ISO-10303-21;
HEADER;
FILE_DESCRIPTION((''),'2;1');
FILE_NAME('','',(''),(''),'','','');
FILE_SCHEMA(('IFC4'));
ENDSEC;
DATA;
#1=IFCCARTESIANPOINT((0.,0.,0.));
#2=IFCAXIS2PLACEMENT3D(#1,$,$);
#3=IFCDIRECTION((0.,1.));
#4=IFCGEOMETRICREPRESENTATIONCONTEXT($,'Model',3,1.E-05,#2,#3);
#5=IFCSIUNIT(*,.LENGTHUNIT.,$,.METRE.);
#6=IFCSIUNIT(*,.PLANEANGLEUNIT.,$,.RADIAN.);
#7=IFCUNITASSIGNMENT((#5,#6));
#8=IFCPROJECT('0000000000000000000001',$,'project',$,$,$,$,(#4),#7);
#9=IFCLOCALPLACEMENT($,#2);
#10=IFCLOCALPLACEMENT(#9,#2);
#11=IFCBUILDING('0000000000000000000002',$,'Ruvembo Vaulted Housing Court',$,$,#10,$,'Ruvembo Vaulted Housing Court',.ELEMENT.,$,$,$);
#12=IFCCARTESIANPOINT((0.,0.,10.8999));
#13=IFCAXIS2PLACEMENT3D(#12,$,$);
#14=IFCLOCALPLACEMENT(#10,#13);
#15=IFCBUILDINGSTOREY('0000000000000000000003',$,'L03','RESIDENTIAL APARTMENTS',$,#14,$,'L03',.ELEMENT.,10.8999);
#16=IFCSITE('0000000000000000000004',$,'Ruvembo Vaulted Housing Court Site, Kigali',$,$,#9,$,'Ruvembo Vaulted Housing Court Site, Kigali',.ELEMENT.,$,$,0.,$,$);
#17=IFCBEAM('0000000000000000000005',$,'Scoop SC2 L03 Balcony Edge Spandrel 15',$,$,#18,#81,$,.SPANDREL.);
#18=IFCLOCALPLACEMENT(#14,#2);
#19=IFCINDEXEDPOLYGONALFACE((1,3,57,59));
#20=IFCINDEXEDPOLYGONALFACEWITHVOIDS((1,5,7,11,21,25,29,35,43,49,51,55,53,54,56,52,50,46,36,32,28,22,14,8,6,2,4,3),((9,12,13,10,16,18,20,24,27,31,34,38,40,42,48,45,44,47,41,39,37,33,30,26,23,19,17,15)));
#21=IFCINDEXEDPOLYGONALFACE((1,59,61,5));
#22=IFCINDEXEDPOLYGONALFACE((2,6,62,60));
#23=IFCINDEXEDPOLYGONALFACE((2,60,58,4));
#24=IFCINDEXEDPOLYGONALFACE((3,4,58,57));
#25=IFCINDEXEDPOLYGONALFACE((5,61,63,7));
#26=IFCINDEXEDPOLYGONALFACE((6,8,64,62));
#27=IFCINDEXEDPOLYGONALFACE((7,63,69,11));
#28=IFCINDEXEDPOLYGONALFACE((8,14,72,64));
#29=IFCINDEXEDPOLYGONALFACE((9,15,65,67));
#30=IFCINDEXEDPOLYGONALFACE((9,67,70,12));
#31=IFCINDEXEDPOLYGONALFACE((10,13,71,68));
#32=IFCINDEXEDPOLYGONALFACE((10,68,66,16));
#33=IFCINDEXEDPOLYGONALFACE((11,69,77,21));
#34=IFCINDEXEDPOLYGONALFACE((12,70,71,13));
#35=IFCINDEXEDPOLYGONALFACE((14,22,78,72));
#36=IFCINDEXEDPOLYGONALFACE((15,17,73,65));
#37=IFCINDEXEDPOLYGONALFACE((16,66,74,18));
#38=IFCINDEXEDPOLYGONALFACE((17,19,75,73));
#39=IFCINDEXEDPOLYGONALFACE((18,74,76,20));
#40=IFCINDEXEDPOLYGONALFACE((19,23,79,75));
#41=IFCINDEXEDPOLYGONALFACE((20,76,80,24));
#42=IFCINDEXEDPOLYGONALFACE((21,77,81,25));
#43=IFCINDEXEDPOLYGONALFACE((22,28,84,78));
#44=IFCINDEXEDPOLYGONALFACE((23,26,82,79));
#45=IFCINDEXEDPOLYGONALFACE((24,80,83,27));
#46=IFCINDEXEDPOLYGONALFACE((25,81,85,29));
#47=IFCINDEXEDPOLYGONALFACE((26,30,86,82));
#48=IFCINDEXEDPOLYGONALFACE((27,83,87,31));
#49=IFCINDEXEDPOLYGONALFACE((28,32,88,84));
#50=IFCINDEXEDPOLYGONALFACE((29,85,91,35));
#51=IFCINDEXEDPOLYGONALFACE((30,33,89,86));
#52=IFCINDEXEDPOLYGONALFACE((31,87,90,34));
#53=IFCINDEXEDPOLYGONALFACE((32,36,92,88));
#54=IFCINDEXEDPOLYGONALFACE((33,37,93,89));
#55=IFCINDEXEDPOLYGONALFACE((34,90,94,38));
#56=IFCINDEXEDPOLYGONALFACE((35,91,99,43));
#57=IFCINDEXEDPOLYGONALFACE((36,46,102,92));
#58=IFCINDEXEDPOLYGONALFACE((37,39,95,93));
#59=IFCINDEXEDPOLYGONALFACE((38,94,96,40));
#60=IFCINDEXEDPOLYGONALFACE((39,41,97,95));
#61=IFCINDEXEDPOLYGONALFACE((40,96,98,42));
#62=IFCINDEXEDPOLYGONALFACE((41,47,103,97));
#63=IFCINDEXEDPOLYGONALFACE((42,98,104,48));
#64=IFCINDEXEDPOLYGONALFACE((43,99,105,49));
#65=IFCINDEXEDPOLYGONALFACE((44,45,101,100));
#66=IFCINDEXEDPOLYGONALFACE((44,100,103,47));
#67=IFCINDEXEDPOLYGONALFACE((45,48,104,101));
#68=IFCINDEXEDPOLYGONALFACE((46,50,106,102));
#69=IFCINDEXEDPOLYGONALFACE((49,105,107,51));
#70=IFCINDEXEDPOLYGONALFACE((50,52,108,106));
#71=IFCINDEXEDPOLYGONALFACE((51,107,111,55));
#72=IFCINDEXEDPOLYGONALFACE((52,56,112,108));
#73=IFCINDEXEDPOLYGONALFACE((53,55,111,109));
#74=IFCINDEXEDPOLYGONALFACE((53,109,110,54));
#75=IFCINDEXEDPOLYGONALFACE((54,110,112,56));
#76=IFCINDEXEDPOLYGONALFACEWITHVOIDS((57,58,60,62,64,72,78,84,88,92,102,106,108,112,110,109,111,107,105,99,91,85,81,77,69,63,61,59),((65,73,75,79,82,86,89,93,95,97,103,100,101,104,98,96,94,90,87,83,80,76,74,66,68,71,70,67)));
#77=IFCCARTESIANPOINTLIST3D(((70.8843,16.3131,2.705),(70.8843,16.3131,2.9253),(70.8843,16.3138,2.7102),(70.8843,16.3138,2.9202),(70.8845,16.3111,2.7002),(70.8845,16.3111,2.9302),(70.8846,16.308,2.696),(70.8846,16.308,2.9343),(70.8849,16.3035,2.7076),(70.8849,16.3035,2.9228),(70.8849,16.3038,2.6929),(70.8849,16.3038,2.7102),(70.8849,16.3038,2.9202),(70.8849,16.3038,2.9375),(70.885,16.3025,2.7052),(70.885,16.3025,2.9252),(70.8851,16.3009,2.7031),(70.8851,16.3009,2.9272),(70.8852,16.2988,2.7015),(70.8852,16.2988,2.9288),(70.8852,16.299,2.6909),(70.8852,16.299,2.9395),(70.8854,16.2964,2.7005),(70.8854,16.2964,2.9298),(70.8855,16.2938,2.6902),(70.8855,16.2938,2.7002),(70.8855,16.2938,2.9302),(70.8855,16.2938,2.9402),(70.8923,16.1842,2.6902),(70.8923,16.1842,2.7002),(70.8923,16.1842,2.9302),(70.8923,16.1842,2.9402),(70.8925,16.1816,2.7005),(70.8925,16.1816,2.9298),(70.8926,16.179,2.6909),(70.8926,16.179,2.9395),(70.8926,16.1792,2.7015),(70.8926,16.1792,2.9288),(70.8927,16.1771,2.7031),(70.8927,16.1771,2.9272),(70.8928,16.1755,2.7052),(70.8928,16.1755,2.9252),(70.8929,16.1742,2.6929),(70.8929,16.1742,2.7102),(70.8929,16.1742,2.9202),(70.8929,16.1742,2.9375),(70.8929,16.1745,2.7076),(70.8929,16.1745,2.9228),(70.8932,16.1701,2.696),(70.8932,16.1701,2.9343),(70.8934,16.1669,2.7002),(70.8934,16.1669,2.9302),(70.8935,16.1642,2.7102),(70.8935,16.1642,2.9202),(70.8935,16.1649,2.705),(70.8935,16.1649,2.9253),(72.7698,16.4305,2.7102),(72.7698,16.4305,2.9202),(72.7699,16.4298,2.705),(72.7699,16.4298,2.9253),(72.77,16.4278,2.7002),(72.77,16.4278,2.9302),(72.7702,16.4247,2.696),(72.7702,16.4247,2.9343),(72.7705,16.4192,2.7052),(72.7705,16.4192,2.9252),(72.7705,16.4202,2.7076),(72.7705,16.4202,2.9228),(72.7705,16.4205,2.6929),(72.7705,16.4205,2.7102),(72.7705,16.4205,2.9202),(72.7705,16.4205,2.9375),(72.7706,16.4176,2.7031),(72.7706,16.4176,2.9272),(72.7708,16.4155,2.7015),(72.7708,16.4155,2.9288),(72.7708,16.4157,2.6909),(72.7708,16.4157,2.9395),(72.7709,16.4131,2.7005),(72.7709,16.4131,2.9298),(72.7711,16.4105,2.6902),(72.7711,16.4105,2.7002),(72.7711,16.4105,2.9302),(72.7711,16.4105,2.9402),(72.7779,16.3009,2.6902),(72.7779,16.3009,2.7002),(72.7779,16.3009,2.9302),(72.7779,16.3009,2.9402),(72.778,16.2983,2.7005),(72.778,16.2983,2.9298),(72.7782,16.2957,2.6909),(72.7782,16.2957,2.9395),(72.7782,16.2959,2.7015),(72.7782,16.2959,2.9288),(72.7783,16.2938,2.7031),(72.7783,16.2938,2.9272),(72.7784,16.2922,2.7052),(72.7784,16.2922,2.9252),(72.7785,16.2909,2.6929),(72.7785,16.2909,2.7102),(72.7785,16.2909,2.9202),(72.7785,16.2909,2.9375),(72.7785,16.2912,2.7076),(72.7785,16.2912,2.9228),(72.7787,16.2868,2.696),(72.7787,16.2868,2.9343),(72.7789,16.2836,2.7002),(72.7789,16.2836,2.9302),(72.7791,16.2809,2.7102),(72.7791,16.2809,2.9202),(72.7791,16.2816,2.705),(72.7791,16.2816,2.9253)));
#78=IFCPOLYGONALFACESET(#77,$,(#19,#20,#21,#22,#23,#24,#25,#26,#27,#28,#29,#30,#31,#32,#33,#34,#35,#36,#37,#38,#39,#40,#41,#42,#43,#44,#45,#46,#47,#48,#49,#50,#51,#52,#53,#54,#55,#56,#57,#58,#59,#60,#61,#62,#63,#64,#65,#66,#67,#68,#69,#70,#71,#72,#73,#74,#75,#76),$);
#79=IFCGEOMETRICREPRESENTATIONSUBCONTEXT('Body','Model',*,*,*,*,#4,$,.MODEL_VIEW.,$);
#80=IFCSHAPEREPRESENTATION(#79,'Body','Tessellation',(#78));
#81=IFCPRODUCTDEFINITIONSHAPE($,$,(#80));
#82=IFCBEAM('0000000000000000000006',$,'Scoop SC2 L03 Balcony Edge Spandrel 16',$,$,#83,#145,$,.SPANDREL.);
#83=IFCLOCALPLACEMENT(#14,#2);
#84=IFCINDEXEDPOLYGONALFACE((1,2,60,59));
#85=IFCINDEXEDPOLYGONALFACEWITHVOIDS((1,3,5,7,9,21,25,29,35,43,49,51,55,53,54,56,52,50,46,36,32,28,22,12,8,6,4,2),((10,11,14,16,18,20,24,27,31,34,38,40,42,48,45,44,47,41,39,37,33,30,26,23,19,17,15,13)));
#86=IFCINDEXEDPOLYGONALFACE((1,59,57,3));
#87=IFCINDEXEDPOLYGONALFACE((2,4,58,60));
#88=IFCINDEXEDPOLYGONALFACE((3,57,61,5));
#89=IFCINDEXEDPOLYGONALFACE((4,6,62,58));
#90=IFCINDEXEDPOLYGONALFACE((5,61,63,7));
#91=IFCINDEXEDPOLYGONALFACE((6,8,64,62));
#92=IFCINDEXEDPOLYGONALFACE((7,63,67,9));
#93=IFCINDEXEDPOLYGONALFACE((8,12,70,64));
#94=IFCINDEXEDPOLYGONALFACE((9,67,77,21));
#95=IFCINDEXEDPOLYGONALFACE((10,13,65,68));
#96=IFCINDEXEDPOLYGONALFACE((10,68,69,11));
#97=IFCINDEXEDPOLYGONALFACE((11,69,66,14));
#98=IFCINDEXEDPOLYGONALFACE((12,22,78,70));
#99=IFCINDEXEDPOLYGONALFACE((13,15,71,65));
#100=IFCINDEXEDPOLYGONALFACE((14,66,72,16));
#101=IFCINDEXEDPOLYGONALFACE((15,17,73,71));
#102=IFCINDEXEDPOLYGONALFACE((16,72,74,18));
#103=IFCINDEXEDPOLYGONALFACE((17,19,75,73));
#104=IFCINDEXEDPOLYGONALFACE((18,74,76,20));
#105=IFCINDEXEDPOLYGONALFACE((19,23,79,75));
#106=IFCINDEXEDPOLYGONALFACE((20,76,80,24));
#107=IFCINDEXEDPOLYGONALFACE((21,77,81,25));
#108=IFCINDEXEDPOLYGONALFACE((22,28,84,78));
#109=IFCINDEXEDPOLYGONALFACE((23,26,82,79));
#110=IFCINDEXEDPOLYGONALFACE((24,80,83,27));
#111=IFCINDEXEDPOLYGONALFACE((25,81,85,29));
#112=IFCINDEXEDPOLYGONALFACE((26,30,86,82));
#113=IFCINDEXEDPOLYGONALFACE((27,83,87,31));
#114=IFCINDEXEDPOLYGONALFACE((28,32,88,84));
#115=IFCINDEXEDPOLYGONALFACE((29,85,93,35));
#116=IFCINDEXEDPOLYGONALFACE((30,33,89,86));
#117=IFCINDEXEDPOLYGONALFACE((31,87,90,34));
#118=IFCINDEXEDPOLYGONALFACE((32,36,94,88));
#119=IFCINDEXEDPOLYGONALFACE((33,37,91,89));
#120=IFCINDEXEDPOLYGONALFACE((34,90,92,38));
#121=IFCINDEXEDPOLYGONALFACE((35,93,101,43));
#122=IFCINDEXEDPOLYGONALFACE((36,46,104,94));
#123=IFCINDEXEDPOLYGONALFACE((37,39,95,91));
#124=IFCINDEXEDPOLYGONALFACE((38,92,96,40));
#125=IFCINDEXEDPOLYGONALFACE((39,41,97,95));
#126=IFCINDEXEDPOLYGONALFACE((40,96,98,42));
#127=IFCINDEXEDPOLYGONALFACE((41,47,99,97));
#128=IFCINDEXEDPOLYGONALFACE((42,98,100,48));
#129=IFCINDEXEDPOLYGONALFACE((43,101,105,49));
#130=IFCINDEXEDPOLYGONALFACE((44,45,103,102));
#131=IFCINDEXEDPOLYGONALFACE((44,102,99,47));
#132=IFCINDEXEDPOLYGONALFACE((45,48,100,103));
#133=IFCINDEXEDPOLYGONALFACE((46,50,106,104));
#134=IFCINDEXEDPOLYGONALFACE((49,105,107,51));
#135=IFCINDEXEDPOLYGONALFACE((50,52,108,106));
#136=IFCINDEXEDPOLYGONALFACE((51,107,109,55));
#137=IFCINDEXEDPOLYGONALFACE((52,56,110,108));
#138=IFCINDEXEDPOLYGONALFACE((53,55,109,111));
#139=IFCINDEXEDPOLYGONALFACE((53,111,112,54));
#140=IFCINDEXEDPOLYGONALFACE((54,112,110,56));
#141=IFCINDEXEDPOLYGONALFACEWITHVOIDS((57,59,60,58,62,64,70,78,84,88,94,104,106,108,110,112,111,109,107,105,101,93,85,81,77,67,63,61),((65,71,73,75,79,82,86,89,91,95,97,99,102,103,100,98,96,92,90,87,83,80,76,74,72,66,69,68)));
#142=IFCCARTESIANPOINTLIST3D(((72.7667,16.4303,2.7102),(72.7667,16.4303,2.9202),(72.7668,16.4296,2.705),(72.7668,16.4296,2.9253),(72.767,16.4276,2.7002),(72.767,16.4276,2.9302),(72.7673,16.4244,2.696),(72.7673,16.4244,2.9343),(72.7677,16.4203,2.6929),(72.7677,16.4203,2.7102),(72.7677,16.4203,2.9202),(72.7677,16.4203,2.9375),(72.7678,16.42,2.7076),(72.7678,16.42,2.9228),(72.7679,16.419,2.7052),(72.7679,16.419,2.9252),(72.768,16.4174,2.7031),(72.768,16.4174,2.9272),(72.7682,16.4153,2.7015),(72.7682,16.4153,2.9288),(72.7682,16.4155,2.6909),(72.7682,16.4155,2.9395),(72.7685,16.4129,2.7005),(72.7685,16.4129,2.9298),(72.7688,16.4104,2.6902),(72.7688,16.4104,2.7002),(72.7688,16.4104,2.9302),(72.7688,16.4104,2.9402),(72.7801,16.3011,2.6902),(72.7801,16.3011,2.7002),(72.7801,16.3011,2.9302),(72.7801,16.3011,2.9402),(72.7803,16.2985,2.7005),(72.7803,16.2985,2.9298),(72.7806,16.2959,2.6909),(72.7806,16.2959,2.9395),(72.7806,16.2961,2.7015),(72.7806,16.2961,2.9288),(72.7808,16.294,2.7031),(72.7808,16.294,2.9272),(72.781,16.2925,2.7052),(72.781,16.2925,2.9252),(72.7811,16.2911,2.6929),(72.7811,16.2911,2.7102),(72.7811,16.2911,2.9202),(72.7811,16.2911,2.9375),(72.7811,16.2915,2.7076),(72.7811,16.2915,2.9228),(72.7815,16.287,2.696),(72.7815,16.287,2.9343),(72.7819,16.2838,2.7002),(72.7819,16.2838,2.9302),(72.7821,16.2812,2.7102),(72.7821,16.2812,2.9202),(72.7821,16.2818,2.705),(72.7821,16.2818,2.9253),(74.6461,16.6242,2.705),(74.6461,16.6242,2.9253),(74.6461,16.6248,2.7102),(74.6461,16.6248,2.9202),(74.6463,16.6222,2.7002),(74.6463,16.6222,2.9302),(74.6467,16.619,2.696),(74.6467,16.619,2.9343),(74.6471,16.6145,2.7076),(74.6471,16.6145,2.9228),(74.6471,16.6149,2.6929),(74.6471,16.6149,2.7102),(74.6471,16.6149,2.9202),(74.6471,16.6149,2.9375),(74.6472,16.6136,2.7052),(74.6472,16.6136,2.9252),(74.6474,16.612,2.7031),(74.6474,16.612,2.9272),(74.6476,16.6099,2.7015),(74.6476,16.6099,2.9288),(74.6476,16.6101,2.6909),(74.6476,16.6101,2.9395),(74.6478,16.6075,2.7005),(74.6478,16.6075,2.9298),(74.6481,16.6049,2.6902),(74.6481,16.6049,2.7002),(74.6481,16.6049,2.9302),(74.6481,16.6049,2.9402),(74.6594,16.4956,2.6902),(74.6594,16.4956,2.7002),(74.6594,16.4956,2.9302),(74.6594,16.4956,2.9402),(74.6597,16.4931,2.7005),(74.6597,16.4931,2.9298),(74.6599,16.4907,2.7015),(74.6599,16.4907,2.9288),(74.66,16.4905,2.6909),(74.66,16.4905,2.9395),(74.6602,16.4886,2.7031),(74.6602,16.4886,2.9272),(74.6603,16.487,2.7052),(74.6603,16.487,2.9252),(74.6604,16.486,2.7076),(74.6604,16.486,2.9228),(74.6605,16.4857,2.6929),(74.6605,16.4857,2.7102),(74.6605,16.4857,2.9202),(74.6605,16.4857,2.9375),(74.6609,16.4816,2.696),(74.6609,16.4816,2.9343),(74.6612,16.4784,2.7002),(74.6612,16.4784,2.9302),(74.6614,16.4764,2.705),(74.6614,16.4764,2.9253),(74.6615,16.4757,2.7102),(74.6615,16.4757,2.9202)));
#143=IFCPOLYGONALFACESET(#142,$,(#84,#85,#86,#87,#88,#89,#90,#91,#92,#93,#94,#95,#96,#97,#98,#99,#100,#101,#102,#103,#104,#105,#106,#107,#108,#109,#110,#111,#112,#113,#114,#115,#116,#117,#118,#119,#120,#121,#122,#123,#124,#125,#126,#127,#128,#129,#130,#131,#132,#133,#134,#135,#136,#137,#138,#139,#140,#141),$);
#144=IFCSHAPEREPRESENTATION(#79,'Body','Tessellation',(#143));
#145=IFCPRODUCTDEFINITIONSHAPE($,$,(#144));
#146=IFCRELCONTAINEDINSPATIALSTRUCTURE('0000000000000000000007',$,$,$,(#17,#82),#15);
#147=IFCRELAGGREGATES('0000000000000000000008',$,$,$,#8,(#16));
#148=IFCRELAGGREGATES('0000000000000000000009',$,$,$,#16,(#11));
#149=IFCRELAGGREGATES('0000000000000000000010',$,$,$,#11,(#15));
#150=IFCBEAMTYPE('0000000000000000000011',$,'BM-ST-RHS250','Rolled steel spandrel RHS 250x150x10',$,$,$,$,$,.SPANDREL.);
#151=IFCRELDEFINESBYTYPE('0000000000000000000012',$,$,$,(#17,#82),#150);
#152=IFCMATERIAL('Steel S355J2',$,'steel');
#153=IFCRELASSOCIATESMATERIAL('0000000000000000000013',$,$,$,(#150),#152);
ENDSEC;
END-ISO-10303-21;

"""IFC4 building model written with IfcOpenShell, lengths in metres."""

from ifc_helpers import new_model, si_unit, direction, frame, origin, origin_2d, place, context, subcontext, project, spatial, hollow_rectangle, extrude, material, material_profile, profile_set, type_object, element, save


model = new_model("IFC4")

# Units and contexts
model_context = context("Model", 3, precision=1e-05, world=origin(), true_north=direction((0.0, 1.0)))
body_context = subcontext(model_context, "Body", "Model", "MODEL_VIEW")
ifc_project = project(units=[si_unit("LENGTHUNIT", "METRE"), si_unit("PLANEANGLEUNIT", "RADIAN")], contexts=[model_context])

# Site, building, storey
site_placement = place(None, origin())
site = spatial("IfcSite", under=ifc_project, at=site_placement, Name="Ruvembo Vaulted Housing Court Site, Kigali", LongName="Ruvembo Vaulted Housing Court Site, Kigali", CompositionType="ELEMENT", RefElevation=0.0)
building_placement = place(site_placement, origin())
building = spatial("IfcBuilding", under=site, at=building_placement, Name="Ruvembo Vaulted Housing Court", LongName="Ruvembo Vaulted Housing Court", CompositionType="ELEMENT")
storey_placement = place(building_placement, frame((0.0, 0.0, 10.8999)))
storey = spatial("IfcBuildingStorey", under=building, at=storey_placement, Name="L03", Description="RESIDENTIAL APARTMENTS", LongName="L03", CompositionType="ELEMENT", Elevation=10.8999)

# Beams
ifc_material_1 = material(Name="Steel S355J2", Category="steel")
ifc_material_profile_1 = material_profile(ifc_material_1, hollow_rectangle(XDim=0.1499, YDim=0.25, WallThickness=0.01, InnerFilletRadius=0.01, OuterFilletRadius=0.02, at=origin_2d()), Name="RHS 250x150x10")
ifc_profile_set_1 = profile_set([ifc_material_profile_1], Name="Steel S355J2")
beam_type = type_object("IfcBeamType", Name="BM-ST-RHS250", Description="Rolled steel spandrel RHS 250x150x10", PredefinedType="SPANDREL", material=ifc_profile_set_1)
beam_1_placement = place(storey_placement, frame((70.8889, 16.239, 2.8152), z_axis=(0.99809, 0.061775, 0.0), x_axis=(-0.061775, 0.99809, 0.0)))
element("IfcBeam", 1, at=beam_1_placement, inside=storey, type_object=beam_type, Name="Scoop SC2 L03 Balcony Edge Spandrel 15", PredefinedType="SPANDREL", context=body_context, shape_type="SweptSolid", body=[
    extrude(hollow_rectangle(XDim=0.1499, YDim=0.25, WallThickness=0.01, InnerFilletRadius=0.01, OuterFilletRadius=0.02, at=origin_2d()), origin(), (0.0, 0.0, 1.0), 1.8892),
])
beam_2_placement = place(storey_placement, frame((72.7744, 16.3557, 2.8152), z_axis=(0.994683, 0.102983, 0.0), x_axis=(-0.102983, 0.994683, 0.0)))
element("IfcBeam", 2, at=beam_2_placement, inside=storey, type_object=beam_type, Name="Scoop SC2 L03 Balcony Edge Spandrel 16", PredefinedType="SPANDREL", context=body_context, shape_type="SweptSolid", body=[
    extrude(hollow_rectangle(XDim=0.1499, YDim=0.25, WallThickness=0.01, InnerFilletRadius=0.01, OuterFilletRadius=0.02, at=origin_2d()), origin(), (0.0, 0.0, 1.0), 1.8894),
])

save(model, "model.ifc")
